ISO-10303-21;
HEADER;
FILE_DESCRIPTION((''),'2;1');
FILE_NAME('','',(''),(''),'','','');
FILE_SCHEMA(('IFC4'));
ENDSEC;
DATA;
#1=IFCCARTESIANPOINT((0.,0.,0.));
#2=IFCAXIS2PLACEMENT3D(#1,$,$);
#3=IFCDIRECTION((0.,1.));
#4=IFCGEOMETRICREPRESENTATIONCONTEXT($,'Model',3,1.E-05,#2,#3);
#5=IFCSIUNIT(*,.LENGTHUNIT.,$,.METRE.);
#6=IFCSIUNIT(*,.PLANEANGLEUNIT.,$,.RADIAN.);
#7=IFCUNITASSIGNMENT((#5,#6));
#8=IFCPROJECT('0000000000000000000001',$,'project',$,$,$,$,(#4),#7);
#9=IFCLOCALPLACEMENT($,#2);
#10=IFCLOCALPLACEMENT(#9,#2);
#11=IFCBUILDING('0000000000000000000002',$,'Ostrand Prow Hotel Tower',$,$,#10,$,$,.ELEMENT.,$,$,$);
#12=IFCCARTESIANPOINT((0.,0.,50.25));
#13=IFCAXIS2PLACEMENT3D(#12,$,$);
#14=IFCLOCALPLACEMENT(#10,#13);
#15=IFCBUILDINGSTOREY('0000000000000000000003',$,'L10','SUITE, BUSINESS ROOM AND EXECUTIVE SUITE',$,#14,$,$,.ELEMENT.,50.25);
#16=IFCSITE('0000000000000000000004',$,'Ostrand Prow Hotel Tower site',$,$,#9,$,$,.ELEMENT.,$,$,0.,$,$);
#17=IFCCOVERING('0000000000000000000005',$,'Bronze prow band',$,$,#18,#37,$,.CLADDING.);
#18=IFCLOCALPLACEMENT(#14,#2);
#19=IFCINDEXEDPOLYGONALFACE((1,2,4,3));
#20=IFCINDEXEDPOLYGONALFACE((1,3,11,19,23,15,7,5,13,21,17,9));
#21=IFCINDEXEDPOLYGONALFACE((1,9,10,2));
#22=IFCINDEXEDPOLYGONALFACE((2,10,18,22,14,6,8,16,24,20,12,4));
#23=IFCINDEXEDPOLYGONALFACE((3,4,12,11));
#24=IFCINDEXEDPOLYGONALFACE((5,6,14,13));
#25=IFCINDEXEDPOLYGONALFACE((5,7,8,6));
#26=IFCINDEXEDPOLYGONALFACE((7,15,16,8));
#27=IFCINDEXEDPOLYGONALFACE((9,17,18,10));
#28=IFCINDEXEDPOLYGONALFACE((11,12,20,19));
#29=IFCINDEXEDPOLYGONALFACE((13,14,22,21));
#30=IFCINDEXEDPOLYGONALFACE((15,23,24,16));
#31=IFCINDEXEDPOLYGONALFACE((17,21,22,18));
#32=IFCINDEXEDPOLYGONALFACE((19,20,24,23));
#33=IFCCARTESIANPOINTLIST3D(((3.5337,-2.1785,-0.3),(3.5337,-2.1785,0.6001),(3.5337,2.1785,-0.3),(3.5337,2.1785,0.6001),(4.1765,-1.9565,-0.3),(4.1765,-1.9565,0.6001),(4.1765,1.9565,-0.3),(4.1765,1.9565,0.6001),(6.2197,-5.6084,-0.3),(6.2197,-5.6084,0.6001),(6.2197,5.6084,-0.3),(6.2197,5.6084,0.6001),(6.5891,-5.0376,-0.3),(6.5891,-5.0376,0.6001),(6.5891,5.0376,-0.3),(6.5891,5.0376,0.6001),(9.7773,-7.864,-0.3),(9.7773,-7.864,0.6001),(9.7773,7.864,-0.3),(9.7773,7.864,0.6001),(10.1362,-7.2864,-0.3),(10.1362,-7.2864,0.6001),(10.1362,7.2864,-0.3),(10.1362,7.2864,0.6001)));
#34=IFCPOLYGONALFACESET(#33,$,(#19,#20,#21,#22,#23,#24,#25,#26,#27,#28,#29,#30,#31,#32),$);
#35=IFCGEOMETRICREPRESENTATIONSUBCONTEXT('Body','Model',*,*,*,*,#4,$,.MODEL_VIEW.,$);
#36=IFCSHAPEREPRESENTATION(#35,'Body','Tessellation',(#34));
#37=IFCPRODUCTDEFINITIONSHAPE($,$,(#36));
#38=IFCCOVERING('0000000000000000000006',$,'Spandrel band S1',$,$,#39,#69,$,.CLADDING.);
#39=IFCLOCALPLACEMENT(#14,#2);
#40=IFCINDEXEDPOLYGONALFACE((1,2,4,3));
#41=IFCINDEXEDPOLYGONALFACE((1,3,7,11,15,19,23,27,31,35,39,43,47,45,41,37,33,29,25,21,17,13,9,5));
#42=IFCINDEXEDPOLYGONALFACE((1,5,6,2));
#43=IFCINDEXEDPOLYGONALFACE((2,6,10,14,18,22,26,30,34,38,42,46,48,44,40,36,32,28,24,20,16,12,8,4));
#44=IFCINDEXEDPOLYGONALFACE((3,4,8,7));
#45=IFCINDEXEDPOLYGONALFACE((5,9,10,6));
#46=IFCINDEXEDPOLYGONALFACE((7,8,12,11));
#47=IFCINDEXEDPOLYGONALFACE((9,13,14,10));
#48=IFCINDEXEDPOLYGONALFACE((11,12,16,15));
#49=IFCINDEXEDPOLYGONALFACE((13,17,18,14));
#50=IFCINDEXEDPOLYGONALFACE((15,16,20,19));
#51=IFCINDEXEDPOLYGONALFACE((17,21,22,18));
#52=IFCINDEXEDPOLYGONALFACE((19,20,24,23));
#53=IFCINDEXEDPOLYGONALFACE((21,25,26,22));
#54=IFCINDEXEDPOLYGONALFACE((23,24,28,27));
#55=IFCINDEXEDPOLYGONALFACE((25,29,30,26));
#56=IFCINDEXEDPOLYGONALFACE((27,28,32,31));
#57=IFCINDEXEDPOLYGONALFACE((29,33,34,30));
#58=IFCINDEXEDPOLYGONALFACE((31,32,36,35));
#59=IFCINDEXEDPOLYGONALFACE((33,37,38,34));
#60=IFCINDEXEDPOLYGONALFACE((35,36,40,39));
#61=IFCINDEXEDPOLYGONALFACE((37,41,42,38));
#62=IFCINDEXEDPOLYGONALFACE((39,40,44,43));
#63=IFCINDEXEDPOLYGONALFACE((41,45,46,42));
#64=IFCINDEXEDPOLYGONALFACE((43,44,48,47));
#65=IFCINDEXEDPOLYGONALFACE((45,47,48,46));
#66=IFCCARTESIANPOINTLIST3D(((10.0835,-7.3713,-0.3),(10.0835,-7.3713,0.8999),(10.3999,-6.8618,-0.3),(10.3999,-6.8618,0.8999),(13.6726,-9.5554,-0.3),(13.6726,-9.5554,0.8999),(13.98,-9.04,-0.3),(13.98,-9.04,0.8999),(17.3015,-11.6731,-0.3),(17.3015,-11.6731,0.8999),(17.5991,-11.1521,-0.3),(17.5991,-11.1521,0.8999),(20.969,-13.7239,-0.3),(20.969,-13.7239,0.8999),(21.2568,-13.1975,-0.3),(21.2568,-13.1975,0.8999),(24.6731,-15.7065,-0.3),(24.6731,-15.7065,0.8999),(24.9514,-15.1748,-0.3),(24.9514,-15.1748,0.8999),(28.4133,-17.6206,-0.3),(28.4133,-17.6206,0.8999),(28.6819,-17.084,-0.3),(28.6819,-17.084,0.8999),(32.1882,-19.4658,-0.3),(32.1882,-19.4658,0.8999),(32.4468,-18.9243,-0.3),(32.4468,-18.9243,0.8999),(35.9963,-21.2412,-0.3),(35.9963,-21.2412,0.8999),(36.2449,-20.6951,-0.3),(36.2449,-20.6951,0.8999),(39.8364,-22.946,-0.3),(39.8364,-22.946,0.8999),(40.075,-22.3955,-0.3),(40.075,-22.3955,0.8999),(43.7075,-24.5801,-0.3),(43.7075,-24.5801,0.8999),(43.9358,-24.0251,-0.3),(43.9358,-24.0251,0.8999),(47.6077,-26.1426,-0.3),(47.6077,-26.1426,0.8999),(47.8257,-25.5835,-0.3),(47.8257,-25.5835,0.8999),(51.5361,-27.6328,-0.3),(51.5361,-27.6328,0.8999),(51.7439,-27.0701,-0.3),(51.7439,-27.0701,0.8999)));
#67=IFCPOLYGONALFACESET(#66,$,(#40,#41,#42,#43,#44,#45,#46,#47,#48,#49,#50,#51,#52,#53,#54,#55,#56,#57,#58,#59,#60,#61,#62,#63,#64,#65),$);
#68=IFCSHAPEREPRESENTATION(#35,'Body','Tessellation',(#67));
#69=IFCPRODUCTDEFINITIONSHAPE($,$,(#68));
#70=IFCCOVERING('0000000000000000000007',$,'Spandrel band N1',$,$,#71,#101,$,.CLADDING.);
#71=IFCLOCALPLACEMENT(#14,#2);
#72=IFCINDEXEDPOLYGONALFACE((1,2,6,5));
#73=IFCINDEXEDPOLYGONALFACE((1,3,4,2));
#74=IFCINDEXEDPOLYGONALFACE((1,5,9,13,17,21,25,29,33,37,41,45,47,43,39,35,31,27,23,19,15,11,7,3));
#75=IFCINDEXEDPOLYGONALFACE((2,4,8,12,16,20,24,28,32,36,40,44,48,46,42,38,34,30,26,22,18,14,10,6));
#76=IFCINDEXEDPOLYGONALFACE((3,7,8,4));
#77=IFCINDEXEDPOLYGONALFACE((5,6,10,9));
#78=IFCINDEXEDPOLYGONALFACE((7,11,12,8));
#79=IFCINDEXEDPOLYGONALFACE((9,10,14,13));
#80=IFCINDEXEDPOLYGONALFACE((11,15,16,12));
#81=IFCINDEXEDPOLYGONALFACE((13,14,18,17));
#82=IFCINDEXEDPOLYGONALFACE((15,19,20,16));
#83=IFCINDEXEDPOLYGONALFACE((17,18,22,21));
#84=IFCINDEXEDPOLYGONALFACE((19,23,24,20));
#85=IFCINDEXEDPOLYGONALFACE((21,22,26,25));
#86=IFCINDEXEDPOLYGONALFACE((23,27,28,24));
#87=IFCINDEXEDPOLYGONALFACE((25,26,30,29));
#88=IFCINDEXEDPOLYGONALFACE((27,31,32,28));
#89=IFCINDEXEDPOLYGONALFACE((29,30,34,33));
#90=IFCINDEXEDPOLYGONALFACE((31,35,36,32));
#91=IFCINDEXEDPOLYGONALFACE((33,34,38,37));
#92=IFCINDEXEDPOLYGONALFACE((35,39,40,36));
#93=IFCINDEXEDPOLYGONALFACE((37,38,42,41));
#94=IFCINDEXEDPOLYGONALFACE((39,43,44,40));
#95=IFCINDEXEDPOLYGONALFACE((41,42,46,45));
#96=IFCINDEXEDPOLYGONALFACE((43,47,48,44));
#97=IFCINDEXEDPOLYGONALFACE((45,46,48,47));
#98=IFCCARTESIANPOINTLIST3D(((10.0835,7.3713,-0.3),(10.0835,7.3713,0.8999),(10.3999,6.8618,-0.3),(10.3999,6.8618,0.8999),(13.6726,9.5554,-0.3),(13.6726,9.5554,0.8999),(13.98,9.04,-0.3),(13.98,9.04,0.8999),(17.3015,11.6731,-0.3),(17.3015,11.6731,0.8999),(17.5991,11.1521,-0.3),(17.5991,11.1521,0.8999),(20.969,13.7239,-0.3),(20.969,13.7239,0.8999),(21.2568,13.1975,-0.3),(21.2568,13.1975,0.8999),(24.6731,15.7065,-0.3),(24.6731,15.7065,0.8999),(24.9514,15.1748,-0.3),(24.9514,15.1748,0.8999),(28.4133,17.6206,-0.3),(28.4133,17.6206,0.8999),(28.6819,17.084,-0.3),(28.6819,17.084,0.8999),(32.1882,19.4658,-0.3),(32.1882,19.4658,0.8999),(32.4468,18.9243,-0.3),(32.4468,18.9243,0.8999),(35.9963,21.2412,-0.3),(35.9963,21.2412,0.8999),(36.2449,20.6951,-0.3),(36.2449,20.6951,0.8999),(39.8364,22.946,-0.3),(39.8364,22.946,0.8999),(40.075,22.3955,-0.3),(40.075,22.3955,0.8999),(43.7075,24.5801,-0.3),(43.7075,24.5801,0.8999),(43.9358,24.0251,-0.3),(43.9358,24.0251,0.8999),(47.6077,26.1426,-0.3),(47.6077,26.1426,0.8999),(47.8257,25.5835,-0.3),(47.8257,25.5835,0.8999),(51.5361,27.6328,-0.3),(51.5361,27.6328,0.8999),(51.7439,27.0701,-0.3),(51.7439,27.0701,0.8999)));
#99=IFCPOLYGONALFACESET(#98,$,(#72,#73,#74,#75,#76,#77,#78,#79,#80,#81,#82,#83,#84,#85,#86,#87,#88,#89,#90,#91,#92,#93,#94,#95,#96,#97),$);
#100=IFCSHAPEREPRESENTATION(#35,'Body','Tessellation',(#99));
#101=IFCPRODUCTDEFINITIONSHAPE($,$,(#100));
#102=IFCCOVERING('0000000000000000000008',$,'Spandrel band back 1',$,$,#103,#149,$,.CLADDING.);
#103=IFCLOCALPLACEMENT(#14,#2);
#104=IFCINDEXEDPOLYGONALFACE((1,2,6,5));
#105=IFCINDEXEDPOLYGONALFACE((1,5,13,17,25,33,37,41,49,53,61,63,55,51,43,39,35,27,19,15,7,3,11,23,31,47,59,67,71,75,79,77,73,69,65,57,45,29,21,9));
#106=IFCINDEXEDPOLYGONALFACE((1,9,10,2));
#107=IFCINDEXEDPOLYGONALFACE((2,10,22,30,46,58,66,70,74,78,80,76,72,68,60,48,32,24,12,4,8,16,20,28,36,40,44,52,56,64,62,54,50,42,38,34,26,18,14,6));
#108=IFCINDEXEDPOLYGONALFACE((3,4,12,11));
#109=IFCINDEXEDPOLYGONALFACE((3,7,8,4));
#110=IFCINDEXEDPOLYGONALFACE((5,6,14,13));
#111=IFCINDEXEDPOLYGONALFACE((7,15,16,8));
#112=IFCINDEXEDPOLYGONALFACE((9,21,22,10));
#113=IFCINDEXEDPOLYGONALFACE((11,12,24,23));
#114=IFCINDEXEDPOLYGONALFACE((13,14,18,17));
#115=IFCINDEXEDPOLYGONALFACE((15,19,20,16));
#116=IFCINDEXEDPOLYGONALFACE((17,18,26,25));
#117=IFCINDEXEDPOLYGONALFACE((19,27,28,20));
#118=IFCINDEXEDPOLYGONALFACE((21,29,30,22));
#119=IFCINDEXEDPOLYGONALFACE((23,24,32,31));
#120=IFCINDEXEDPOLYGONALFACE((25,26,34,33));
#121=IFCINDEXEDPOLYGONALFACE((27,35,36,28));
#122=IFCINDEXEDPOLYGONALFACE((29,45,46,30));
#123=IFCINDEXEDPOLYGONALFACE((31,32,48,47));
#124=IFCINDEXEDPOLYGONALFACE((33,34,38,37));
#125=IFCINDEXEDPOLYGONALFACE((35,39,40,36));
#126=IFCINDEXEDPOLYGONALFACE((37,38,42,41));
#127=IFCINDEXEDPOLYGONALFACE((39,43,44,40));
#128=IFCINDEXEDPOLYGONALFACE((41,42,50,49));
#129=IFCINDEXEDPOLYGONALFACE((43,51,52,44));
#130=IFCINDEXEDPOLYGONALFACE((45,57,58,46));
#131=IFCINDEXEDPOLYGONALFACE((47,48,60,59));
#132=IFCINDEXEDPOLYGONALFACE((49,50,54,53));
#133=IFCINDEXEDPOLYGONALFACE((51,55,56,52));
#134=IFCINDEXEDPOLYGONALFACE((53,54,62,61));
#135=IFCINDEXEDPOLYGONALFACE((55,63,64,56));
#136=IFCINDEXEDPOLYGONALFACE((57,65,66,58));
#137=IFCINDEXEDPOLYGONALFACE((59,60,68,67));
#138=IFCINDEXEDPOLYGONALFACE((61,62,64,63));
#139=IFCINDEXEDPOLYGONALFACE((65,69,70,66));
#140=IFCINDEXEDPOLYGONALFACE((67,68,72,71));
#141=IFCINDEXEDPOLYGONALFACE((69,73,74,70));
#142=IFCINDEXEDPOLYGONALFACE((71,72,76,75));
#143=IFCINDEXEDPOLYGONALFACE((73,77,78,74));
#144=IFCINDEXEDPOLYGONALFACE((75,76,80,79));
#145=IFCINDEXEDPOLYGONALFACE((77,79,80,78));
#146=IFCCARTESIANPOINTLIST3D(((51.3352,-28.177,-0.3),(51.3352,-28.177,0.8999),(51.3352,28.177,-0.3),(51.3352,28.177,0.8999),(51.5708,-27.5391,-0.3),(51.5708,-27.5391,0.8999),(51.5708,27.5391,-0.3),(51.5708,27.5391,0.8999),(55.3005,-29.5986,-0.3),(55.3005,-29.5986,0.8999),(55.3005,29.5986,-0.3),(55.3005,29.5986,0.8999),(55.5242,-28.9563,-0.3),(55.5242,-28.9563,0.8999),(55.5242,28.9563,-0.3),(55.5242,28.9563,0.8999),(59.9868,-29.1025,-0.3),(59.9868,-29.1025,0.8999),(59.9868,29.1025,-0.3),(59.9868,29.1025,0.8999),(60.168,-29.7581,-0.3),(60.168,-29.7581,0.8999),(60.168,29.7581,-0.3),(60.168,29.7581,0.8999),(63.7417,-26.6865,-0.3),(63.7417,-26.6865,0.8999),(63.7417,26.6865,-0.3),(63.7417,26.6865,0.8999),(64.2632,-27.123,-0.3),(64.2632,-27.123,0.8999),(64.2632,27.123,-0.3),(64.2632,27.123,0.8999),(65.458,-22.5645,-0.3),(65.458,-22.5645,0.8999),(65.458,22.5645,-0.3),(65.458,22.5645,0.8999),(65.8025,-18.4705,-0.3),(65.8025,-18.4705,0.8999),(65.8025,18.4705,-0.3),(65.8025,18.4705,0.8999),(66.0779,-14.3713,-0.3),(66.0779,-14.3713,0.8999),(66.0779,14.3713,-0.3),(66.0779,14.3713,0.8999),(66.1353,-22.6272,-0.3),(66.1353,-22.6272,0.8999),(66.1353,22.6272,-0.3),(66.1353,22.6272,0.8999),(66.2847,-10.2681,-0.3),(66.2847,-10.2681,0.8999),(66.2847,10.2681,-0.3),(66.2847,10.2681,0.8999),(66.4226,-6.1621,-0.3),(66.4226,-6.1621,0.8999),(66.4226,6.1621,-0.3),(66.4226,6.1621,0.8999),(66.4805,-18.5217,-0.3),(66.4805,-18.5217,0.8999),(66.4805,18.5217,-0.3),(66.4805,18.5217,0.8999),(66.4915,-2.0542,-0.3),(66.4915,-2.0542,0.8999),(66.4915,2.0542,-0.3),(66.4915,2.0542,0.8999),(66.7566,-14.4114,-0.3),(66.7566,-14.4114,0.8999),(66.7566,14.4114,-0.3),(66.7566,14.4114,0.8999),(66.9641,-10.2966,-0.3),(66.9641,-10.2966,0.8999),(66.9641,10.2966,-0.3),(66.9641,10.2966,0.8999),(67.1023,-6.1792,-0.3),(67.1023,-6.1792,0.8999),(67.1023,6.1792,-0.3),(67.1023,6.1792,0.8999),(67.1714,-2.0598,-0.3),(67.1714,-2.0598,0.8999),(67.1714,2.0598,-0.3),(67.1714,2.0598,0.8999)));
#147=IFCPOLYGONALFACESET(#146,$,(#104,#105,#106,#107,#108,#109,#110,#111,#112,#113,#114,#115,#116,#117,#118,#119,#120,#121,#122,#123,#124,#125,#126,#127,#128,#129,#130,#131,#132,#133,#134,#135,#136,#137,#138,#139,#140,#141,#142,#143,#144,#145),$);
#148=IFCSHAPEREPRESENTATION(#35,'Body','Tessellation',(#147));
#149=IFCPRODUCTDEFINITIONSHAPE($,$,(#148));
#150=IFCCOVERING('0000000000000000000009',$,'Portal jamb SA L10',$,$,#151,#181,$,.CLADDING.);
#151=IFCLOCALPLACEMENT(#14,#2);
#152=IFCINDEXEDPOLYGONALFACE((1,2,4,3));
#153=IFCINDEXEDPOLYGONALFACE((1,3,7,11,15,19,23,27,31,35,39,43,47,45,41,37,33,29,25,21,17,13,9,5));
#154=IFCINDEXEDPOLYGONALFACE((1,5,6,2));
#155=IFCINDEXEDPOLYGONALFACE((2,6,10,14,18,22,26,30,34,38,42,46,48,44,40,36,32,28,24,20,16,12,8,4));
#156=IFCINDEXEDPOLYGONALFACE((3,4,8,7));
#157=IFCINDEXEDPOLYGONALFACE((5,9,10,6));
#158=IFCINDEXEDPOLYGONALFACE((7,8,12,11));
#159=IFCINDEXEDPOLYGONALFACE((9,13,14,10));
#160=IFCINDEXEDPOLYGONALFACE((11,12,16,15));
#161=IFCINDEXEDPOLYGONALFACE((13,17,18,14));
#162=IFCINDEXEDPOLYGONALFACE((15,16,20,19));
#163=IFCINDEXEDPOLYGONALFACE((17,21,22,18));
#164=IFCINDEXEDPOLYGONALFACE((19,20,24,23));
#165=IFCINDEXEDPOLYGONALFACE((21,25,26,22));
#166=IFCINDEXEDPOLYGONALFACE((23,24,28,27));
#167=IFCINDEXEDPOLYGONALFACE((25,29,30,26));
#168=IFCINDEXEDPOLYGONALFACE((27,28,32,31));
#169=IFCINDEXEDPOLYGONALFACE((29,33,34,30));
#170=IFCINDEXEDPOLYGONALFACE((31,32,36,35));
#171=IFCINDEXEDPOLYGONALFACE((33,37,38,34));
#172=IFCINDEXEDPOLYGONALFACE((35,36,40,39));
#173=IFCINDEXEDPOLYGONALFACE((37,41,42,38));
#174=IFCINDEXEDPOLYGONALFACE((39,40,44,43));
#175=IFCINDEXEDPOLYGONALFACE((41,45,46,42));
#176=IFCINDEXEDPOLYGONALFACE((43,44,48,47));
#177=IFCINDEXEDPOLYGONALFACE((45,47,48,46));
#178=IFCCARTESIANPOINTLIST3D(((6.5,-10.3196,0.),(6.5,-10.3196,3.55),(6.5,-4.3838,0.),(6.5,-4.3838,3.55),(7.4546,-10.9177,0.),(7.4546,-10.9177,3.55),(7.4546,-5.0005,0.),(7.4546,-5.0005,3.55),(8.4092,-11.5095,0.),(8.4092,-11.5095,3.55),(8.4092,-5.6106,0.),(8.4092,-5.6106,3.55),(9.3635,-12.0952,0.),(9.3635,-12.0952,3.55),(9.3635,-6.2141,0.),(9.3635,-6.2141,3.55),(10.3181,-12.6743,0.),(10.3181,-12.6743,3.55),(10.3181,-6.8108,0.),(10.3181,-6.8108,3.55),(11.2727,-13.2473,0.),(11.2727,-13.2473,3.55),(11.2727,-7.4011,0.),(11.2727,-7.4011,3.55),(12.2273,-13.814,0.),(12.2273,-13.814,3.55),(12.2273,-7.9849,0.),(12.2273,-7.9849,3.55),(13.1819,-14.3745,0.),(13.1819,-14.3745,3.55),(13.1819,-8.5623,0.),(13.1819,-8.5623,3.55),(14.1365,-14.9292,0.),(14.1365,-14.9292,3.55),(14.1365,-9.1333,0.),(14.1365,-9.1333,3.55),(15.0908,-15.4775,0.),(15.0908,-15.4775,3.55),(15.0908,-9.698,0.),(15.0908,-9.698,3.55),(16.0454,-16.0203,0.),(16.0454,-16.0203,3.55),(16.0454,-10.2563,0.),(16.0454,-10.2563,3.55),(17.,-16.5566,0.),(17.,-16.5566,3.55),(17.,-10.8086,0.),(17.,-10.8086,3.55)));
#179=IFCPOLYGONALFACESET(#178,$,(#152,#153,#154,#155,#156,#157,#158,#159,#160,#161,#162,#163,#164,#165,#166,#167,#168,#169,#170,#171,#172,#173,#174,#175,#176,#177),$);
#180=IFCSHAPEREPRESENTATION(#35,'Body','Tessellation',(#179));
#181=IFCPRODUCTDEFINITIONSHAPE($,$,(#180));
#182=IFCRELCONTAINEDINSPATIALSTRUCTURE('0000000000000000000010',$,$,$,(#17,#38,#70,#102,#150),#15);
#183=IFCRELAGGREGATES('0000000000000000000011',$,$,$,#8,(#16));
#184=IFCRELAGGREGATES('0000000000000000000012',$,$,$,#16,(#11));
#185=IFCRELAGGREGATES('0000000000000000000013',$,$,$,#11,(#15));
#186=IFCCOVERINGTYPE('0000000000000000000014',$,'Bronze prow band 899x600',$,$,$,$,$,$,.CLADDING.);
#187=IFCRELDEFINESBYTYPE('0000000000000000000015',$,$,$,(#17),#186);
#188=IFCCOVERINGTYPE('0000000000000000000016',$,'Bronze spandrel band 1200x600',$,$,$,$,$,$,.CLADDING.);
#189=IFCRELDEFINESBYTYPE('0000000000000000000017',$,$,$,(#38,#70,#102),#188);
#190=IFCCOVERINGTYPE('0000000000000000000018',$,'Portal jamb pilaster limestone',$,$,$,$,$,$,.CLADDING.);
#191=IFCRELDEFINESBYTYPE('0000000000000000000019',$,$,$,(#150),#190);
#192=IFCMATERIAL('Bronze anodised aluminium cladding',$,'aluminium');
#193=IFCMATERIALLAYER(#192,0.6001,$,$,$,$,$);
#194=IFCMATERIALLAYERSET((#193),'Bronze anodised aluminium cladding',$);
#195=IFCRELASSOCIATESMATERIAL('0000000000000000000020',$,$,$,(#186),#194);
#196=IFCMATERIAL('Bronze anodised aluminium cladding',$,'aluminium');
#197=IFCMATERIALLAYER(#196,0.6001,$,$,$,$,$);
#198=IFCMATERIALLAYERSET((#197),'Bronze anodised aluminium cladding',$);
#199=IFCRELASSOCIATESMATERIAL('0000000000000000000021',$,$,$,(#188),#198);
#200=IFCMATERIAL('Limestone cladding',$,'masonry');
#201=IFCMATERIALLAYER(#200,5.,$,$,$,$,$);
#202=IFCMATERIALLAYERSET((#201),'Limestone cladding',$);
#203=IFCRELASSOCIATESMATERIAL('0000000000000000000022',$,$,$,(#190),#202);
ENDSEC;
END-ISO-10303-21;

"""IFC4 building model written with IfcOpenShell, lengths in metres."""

from ifc_helpers import new_model, si_unit, direction, frame, origin, place, context, subcontext, project, spatial, polyline, outline, extrude, material, layer, layer_set, type_object, element, save


model = new_model("IFC4")

# Units and contexts
model_context = context("Model", 3, precision=1e-05, world=origin(), true_north=direction((0.0, 1.0)))
body_context = subcontext(model_context, "Body", "Model", "MODEL_VIEW")
ifc_project = project(units=[si_unit("LENGTHUNIT", "METRE"), si_unit("PLANEANGLEUNIT", "RADIAN")], contexts=[model_context])

# Site, building, storey
site_placement = place(None, origin())
site = spatial("IfcSite", under=ifc_project, at=site_placement, Name="Ostrand Prow Hotel Tower site", CompositionType="ELEMENT", RefElevation=0.0)
building_placement = place(site_placement, origin())
building = spatial("IfcBuilding", under=site, at=building_placement, Name="Ostrand Prow Hotel Tower", CompositionType="ELEMENT")
storey_placement = place(building_placement, frame((0.0, 0.0, 50.25)))
storey = spatial("IfcBuildingStorey", under=building, at=storey_placement, Name="L10", Description="SUITE, BUSINESS ROOM AND EXECUTIVE SUITE", CompositionType="ELEMENT", Elevation=50.25)

# Coverings
ifc_material_1 = material(Name="Bronze anodised aluminium cladding", Category="aluminium")
ifc_layer_1 = layer(ifc_material_1, 0.6001)
ifc_layer_set_1 = layer_set([ifc_layer_1], Name="Bronze anodised aluminium cladding")
covering_type_1 = type_object("IfcCoveringType", Name="Bronze prow band 899x600", PredefinedType="CLADDING", material=ifc_layer_set_1)
covering_1_placement = place(storey_placement, frame((0.0, 0.0, -0.3)))
element("IfcCovering", 1, at=covering_1_placement, inside=storey, type_object=covering_type_1, Name="Bronze prow band", PredefinedType="CLADDING", context=body_context, shape_type="SweptSolid", body=[
    extrude(outline(polyline([(9.7773, 7.864), (6.2197, 5.6084), (3.5337, 2.1785), (3.5337, -2.1785), (6.2197, -5.6084), (9.7773, -7.864), (10.1362, -7.2864), (6.5891, -5.0376), (4.1765, -1.9565), (4.1765, 1.9565), (6.5891, 5.0376), (10.1362, 7.2864), (9.7773, 7.864)])), origin(), (0.0, 0.0, 1.0), 0.9001),
])
ifc_material_2 = material(Name="Bronze anodised aluminium cladding", Category="aluminium")
ifc_layer_2 = layer(ifc_material_2, 0.6001)
ifc_layer_set_2 = layer_set([ifc_layer_2], Name="Bronze anodised aluminium cladding")
covering_type_2 = type_object("IfcCoveringType", Name="Bronze spandrel band 1200x600", PredefinedType="CLADDING", material=ifc_layer_set_2)
covering_2_placement = place(storey_placement, frame((0.0, 0.0, -0.3)))
element("IfcCovering", 2, at=covering_2_placement, inside=storey, type_object=covering_type_2, Name="Spandrel band S1", PredefinedType="CLADDING", context=body_context, shape_type="SweptSolid", body=[
    extrude(outline(polyline([(10.0835, -7.3713), (13.6726, -9.5554), (17.3015, -11.6731), (20.969, -13.7239), (24.6731, -15.7065), (28.4133, -17.6206), (32.1882, -19.4658), (35.9963, -21.2412), (39.8364, -22.946), (43.7075, -24.5801), (47.6077, -26.1426), (51.5361, -27.6328), (51.7439, -27.0701), (47.8257, -25.5835), (43.9358, -24.0251), (40.075, -22.3955), (36.2449, -20.6951), (32.4468, -18.9243), (28.6819, -17.084), (24.9514, -15.1748), (21.2568, -13.1975), (17.5991, -11.1521), (13.98, -9.04), (10.3999, -6.8618), (10.0835, -7.3713)])), origin(), (0.0, 0.0, 1.0), 1.2),
])
covering_3_placement = place(storey_placement, frame((0.0, 0.0, -0.3)))
element("IfcCovering", 3, at=covering_3_placement, inside=storey, type_object=covering_type_2, Name="Spandrel band N1", PredefinedType="CLADDING", context=body_context, shape_type="SweptSolid", body=[
    extrude(outline(polyline([(51.5361, 27.6328), (47.6077, 26.1426), (43.7075, 24.5801), (39.8364, 22.946), (35.9963, 21.2412), (32.1882, 19.4658), (28.4133, 17.6206), (24.6731, 15.7065), (20.969, 13.7239), (17.3015, 11.6731), (13.6726, 9.5554), (10.0835, 7.3713), (10.3999, 6.8618), (13.98, 9.04), (17.5991, 11.1521), (21.2568, 13.1975), (24.9514, 15.1748), (28.6819, 17.084), (32.4468, 18.9243), (36.2449, 20.6951), (40.075, 22.3955), (43.9358, 24.0251), (47.8257, 25.5835), (51.7439, 27.0701), (51.5361, 27.6328)])), origin(), (0.0, 0.0, 1.0), 1.2),
])
covering_4_placement = place(storey_placement, frame((0.0, 0.0, -0.3)))
element("IfcCovering", 4, at=covering_4_placement, inside=storey, type_object=covering_type_2, Name="Spandrel band back 1", PredefinedType="CLADDING", context=body_context, shape_type="SweptSolid", body=[
    extrude(outline(polyline([(51.3352, -28.177), (55.3005, -29.5986), (60.168, -29.7581), (64.2632, -27.123), (66.1353, -22.6272), (66.4805, -18.5217), (66.7566, -14.4114), (66.9641, -10.2966), (67.1023, -6.1792), (67.1714, -2.0598), (67.1714, 2.0598), (67.1023, 6.1792), (66.9641, 10.2966), (66.7566, 14.4114), (66.4805, 18.5217), (66.1353, 22.6272), (64.2632, 27.123), (60.168, 29.7581), (55.3005, 29.5986), (51.3352, 28.177), (51.5708, 27.5391), (55.5242, 28.9563), (59.9868, 29.1025), (63.7417, 26.6865), (65.458, 22.5645), (65.8025, 18.4705), (66.0779, 14.3713), (66.2847, 10.2681), (66.4226, 6.1621), (66.4915, 2.0542), (66.4915, -2.0542), (66.4226, -6.1621), (66.2847, -10.2681), (66.0779, -14.3713), (65.8025, -18.4705), (65.458, -22.5645), (63.7417, -26.6865), (59.9868, -29.1025), (55.5242, -28.9563), (51.5708, -27.5391), (51.3352, -28.177)])), origin(), (0.0, 0.0, 1.0), 1.2),
])
ifc_material_3 = material(Name="Limestone cladding", Category="masonry")
ifc_layer_3 = layer(ifc_material_3, 5.0)
ifc_layer_set_3 = layer_set([ifc_layer_3], Name="Limestone cladding")
covering_type_3 = type_object("IfcCoveringType", Name="Portal jamb pilaster limestone", PredefinedType="CLADDING", material=ifc_layer_set_3)
covering_5_placement = place(storey_placement, origin())
element("IfcCovering", 5, at=covering_5_placement, inside=storey, type_object=covering_type_3, Name="Portal jamb SA L10", PredefinedType="CLADDING", context=body_context, shape_type="SweptSolid", body=[
    extrude(outline(polyline([(6.5, -4.3838), (6.5, -10.3196), (7.4546, -10.9177), (8.4092, -11.5095), (9.3635, -12.0952), (10.3181, -12.6743), (11.2727, -13.2473), (12.2273, -13.814), (13.1819, -14.3745), (14.1365, -14.9292), (15.0908, -15.4775), (16.0454, -16.0203), (17.0, -16.5566), (17.0, -10.8086), (16.0454, -10.2563), (15.0908, -9.698), (14.1365, -9.1333), (13.1819, -8.5623), (12.2273, -7.9849), (11.2727, -7.4011), (10.3181, -6.8108), (9.3635, -6.2141), (8.4092, -5.6106), (7.4546, -5.0005), (6.5, -4.3838)])), origin(), (0.0, 0.0, 1.0), 3.55),
])

save(model, "model.ifc")
